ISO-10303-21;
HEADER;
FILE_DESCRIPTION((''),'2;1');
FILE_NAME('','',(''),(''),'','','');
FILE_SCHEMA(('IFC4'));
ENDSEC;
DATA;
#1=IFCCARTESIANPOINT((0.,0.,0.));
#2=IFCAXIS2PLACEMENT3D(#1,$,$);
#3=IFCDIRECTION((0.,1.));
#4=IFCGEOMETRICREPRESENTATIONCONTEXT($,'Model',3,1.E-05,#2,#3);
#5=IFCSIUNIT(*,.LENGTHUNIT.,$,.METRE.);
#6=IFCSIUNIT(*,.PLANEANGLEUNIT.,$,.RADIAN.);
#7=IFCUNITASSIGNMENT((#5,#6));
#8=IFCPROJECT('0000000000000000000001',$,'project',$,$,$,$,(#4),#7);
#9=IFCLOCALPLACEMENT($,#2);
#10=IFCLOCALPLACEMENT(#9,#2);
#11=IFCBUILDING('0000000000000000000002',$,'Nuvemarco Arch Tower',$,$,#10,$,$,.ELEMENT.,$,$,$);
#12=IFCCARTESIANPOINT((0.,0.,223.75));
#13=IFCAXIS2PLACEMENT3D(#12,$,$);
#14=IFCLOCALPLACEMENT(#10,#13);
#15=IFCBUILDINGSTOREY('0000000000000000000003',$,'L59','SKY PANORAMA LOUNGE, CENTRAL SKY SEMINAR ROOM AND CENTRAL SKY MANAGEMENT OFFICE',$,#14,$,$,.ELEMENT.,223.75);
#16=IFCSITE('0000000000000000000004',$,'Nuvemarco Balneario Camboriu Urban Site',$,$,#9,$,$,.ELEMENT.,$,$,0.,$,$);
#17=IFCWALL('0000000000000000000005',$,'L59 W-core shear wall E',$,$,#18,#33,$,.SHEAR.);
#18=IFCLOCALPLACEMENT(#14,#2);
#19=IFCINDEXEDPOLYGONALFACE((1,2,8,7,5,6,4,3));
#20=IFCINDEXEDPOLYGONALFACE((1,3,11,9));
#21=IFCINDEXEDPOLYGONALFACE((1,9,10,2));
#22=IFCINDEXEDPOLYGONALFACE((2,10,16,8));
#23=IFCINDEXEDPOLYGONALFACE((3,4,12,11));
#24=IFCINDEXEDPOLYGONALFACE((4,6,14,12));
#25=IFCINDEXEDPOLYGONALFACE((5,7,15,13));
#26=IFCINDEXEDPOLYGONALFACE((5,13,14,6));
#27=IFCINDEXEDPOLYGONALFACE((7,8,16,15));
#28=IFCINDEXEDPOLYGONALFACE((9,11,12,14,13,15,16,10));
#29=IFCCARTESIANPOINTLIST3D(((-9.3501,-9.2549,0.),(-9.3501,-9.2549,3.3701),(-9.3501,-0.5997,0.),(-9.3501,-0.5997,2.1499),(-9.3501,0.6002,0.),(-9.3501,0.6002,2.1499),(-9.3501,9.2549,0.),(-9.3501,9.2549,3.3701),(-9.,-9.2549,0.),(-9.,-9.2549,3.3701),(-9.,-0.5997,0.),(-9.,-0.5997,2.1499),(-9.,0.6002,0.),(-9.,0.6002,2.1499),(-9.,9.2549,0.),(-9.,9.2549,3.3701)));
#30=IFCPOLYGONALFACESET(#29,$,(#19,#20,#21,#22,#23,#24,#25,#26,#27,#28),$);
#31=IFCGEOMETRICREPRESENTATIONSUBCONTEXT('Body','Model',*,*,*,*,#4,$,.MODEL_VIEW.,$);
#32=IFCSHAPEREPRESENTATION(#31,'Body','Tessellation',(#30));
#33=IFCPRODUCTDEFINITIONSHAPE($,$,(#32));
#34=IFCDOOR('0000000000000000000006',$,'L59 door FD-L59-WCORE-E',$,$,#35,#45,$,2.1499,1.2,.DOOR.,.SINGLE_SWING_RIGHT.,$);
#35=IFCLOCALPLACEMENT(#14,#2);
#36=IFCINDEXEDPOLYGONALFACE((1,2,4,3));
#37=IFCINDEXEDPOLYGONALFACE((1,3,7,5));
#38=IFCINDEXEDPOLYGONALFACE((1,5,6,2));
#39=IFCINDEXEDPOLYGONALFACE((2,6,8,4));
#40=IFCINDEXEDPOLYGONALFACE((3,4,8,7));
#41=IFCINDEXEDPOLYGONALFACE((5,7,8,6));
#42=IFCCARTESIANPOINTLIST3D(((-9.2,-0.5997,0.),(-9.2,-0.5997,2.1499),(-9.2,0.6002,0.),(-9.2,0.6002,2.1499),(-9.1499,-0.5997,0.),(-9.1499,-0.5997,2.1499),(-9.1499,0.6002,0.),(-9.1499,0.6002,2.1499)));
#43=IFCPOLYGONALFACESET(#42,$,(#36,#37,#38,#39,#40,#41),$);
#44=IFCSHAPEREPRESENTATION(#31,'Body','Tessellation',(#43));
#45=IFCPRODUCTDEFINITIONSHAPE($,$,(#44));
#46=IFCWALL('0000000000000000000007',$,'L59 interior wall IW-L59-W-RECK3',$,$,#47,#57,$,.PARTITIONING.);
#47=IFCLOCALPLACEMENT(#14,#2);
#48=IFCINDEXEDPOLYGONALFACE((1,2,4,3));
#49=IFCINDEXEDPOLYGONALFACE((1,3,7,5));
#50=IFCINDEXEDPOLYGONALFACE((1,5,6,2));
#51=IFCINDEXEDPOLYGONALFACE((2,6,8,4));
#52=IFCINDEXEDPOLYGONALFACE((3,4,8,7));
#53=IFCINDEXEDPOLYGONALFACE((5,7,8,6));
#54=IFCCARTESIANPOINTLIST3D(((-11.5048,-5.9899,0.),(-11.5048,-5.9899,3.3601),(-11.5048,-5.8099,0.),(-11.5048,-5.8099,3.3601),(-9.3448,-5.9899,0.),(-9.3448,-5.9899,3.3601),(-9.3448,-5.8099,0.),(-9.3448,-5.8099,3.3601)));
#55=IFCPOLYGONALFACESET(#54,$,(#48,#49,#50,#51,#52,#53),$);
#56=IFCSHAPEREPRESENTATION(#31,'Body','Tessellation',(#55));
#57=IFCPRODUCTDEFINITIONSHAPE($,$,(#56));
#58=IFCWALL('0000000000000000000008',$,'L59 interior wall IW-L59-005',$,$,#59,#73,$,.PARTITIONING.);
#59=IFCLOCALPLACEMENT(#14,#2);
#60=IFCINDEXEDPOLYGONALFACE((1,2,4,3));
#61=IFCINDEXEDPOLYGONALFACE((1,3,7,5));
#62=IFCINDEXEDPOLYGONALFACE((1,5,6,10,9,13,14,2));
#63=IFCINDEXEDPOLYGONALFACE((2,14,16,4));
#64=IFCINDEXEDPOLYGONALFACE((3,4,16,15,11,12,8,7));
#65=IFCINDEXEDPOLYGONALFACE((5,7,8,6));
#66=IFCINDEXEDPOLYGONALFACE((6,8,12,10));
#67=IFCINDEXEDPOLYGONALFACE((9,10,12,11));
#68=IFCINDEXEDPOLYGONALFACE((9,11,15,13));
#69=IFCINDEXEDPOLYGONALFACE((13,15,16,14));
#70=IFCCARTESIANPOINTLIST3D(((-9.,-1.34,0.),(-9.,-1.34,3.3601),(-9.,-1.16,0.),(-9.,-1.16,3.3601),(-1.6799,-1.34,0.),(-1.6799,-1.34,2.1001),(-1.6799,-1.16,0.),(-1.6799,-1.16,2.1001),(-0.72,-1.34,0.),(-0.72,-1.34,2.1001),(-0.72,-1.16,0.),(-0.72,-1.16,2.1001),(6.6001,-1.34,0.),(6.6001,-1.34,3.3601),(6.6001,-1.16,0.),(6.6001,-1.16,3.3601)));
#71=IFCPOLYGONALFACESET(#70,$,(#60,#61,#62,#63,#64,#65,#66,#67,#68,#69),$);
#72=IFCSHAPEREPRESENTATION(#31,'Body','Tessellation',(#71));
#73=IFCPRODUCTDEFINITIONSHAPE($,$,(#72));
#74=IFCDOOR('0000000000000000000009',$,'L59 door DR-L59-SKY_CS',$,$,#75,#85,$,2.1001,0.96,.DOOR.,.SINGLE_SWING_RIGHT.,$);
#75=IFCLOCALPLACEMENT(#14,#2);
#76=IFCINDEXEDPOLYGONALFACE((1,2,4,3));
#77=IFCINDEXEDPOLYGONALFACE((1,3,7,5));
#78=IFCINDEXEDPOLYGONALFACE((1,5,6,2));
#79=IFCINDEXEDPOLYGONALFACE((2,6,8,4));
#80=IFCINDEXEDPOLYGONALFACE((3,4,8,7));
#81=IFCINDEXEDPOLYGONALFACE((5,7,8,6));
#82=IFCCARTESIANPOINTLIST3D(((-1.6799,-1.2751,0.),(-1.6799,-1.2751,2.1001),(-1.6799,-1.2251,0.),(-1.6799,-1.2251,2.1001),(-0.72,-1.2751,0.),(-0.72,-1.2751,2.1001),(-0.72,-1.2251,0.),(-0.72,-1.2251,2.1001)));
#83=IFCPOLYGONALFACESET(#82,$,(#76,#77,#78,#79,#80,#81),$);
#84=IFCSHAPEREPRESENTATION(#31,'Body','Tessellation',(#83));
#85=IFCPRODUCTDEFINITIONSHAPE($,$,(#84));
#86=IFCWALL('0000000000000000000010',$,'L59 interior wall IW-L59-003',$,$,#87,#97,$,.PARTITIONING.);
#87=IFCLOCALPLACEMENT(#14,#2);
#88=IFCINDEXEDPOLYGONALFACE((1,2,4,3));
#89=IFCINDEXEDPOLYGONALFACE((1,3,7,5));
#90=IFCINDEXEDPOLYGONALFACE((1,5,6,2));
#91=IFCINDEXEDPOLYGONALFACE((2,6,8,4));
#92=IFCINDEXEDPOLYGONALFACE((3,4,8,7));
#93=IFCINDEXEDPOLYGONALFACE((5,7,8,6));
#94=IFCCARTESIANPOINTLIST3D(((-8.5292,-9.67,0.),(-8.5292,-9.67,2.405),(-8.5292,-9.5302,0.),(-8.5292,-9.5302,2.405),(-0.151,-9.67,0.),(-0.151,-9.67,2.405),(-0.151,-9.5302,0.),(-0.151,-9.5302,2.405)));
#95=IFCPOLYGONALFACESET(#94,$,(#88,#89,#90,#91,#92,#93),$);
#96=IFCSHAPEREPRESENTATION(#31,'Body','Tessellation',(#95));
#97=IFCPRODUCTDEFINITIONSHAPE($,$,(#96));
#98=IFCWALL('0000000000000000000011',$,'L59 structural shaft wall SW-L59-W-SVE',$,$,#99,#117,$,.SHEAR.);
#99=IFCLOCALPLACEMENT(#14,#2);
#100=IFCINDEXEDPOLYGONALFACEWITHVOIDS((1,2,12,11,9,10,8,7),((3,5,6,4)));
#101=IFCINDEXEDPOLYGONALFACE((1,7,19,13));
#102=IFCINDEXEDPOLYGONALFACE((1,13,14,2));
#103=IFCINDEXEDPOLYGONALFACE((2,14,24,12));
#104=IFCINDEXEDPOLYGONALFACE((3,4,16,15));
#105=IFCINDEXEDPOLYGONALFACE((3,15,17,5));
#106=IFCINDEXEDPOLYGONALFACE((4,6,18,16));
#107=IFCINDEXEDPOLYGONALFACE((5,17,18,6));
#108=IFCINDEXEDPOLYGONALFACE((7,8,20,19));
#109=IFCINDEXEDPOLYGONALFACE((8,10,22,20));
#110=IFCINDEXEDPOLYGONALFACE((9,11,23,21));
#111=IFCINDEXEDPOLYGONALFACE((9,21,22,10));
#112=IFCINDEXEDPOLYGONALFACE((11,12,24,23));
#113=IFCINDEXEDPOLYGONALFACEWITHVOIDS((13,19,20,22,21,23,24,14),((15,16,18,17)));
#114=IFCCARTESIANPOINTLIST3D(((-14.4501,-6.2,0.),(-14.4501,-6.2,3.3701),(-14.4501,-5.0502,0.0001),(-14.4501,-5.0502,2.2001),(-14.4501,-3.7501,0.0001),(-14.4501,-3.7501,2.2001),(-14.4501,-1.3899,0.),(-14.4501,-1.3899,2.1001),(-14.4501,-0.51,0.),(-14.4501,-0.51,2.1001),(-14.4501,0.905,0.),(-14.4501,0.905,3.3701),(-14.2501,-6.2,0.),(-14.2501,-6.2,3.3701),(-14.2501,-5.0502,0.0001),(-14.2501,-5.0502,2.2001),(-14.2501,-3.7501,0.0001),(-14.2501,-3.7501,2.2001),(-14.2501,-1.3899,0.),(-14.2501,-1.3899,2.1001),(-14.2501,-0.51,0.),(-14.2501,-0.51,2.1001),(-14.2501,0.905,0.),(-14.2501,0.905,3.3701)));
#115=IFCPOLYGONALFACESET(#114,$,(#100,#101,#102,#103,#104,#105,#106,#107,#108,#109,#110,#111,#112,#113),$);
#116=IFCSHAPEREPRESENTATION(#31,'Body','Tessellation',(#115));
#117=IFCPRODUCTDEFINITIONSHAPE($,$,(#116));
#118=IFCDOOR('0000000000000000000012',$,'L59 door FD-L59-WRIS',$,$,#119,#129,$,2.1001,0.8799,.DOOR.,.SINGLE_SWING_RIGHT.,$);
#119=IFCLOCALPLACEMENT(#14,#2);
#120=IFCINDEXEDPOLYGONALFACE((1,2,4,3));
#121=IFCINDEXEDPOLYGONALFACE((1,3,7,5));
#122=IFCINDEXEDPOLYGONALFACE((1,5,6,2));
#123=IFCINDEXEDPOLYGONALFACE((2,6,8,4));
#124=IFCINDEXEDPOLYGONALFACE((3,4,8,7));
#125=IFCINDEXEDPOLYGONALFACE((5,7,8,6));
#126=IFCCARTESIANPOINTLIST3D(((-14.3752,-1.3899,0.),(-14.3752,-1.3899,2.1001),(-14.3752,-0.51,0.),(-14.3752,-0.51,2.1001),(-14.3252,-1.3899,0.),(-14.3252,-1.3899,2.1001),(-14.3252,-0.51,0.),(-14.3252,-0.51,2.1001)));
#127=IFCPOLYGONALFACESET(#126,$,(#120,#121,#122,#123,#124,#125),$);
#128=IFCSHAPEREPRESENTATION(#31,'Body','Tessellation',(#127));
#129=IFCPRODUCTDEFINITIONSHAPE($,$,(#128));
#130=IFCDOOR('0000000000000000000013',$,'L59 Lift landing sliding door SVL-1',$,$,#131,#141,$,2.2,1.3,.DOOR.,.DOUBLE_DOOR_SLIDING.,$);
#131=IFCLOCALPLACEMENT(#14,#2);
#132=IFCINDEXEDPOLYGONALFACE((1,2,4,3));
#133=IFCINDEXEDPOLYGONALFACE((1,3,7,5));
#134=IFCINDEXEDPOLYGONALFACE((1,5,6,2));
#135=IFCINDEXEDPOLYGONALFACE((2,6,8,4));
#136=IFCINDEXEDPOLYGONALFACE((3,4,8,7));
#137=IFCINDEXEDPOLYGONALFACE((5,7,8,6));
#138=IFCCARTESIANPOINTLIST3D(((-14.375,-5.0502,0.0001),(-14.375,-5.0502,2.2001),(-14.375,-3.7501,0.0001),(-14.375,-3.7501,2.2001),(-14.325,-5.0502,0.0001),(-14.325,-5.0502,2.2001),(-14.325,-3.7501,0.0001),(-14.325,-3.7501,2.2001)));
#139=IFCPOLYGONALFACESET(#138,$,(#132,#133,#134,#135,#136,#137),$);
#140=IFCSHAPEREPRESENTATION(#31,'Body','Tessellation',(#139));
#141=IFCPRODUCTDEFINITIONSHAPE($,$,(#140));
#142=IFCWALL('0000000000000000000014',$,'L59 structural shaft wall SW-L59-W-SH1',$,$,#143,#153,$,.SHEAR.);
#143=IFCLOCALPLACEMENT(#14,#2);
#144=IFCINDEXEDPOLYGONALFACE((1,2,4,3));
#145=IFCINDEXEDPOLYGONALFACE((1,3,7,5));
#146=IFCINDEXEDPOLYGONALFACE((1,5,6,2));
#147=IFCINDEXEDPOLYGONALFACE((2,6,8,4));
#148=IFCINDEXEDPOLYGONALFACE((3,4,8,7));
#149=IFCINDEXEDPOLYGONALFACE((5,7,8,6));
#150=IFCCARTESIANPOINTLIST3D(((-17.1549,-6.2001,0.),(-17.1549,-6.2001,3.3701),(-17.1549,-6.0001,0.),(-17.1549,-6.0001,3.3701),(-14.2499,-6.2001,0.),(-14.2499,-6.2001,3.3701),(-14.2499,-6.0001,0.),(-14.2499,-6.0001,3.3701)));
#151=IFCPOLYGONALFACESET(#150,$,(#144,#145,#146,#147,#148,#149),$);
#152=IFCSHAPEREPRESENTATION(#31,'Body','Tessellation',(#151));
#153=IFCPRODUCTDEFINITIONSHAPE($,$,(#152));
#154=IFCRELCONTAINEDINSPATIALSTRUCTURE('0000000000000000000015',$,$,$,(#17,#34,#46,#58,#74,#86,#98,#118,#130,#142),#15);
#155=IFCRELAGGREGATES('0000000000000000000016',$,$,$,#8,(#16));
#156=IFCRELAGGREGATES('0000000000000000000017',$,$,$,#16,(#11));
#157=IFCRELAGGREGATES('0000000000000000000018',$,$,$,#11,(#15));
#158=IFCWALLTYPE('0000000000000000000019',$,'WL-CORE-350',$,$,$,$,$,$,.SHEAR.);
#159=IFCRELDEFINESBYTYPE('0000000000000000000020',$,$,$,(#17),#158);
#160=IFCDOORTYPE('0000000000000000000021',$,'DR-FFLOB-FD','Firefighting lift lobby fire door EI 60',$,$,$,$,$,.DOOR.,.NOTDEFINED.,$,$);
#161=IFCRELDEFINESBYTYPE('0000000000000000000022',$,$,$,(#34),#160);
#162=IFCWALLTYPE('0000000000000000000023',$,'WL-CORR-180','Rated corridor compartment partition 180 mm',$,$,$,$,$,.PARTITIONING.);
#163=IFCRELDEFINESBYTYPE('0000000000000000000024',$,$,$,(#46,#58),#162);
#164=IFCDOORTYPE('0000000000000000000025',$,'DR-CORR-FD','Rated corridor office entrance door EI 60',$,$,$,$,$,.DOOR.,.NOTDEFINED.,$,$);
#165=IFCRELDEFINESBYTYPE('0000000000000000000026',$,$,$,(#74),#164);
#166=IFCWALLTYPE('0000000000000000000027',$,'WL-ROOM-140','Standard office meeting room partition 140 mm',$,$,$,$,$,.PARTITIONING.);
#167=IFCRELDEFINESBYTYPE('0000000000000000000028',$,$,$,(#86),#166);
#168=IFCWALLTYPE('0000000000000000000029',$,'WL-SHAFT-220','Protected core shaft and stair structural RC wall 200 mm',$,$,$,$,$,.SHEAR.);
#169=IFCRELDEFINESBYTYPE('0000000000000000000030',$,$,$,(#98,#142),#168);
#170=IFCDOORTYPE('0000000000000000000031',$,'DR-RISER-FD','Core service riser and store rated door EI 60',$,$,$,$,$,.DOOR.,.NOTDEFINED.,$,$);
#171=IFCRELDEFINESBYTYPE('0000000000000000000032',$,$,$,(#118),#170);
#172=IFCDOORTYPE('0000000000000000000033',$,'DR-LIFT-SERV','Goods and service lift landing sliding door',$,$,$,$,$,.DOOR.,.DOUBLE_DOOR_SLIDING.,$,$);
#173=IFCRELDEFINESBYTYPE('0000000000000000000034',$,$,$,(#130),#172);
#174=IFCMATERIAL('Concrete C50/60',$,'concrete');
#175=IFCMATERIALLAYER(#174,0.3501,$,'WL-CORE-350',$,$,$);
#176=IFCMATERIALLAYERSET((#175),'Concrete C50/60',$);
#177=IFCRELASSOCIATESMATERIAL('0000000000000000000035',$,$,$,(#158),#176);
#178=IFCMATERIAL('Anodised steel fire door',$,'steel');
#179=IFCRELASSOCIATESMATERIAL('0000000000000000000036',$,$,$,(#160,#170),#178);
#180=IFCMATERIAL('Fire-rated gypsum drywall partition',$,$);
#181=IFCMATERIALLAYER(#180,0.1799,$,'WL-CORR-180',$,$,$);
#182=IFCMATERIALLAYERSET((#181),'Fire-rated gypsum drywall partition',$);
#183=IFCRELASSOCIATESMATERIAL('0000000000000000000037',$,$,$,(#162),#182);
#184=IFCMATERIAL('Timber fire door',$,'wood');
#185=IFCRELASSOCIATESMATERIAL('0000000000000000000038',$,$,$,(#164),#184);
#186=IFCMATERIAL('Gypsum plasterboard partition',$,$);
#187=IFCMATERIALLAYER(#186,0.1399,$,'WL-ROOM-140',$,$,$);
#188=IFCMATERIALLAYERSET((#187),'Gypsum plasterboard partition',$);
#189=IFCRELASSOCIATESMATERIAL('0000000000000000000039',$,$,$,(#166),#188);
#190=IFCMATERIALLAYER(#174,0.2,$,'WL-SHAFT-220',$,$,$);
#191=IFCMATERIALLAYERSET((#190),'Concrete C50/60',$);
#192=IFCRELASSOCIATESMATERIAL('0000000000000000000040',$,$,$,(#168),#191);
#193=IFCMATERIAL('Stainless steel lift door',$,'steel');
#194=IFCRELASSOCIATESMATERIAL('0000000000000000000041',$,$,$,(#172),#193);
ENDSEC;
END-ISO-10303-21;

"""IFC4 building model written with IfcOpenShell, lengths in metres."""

from ifc_helpers import new_model, si_unit, direction, frame, frame_2d, origin, place, context, subcontext, project, spatial, rectangle, extrude, source, transform, mapped, material, layer, layer_set, type_object, type_shapes, element, fill, save


model = new_model("IFC4")

# Units and contexts
model_context = context("Model", 3, precision=1e-05, world=origin(), true_north=direction((0.0, 1.0)))
body_context = subcontext(model_context, "Body", "Model", "MODEL_VIEW")
ifc_project = project(units=[si_unit("LENGTHUNIT", "METRE"), si_unit("PLANEANGLEUNIT", "RADIAN")], contexts=[model_context])

# Site, building, storey
site_placement = place(None, origin())
site = spatial("IfcSite", under=ifc_project, at=site_placement, Name="Nuvemarco Balneario Camboriu Urban Site", CompositionType="ELEMENT", RefElevation=0.0)
building_placement = place(site_placement, origin())
building = spatial("IfcBuilding", under=site, at=building_placement, Name="Nuvemarco Arch Tower", CompositionType="ELEMENT")
storey_placement = place(building_placement, frame((0.0, 0.0, 223.75)))
storey = spatial("IfcBuildingStorey", under=building, at=storey_placement, Name="L59", Description="SKY PANORAMA LOUNGE, CENTRAL SKY SEMINAR ROOM AND CENTRAL SKY MANAGEMENT OFFICE", CompositionType="ELEMENT", Elevation=223.75)

# Shared definitions
ifc_material_1 = material(Name="Concrete C50/60", Category="concrete")

# Shared definitions
ifc_layer_1 = layer(ifc_material_1, 0.3501, Name="WL-CORE-350")
ifc_layer_set_1 = layer_set([ifc_layer_1], Name="Concrete C50/60")
wall_type_1 = type_object("IfcWallType", Name="WL-CORE-350", PredefinedType="SHEAR", material=ifc_layer_set_1)

# Wall, opening, door
wall_1_placement = place(storey_placement, frame((-9.175, -9.2549, 0.0), z_axis=(0.0, 0.0, 1.0), x_axis=(0.0, 1.0, 0.0)))
wall_1 = element("IfcWall", 1, at=wall_1_placement, inside=storey, type_object=wall_type_1, Name="L59 W-core shear wall E", PredefinedType="SHEAR", context=body_context, shape_type="SweptSolid", body=[
    extrude(rectangle(XDim=18.5098, YDim=0.3501, at=frame_2d((9.2549, 0.0))), origin(), (0.0, 0.0, 1.0), 3.3701),
])
opening_1_placement = place(wall_1_placement, frame((8.655, 0.0, 0.0)))
opening_1 = element("IfcOpeningElement", 2, at=opening_1_placement, cuts=wall_1, PredefinedType="OPENING", context=body_context, shape_type="SweptSolid", body=[
    extrude(rectangle(XDim=1.2, YDim=2.1499, at=frame_2d((0.6001, 1.075))), frame((0.0, 0.1851, 0.0), z_axis=(0.0, -1.0, 0.0), x_axis=(1.0, 0.0, 0.0)), (0.0, 0.0, 1.0), 0.3701),
])
ifc_material_2 = material(Name="Anodised steel fire door", Category="steel")
door_type_1 = type_object("IfcDoorType", Name="DR-FFLOB-FD", Description="Firefighting lift lobby fire door EI 60", OperationType="NOTDEFINED", PredefinedType="DOOR", material=ifc_material_2)
shared_shape_1 = source(origin(), body_context, "Body", "SweptSolid", [
    extrude(rectangle(XDim=1.2, YDim=2.1499, at=frame_2d((0.6001, 1.075))), frame((0.0, 0.0249, 0.0), z_axis=(0.0, -1.0, 0.0), x_axis=(1.0, 0.0, 0.0)), (0.0, 0.0, 1.0), 0.05),
])
type_shapes(door_type_1, [shared_shape_1])
door_1_placement = place(opening_1_placement, origin())
door_1 = element("IfcDoor", 3, at=door_1_placement, inside=storey, type_object=door_type_1, Name="L59 door FD-L59-WCORE-E", OperationType="SINGLE_SWING_RIGHT", OverallHeight=2.1499, OverallWidth=1.2, PredefinedType="DOOR", context=body_context, shape_type="MappedRepresentation", body=[
    mapped(shared_shape_1, transform((0.0, 0.0, 0.0), scale=1.0)),
])
fill(opening_1, door_1)

# Wall
ifc_material_3 = material(Name="Fire-rated gypsum drywall partition")
ifc_layer_2 = layer(ifc_material_3, 0.1799, Name="WL-CORR-180")
ifc_layer_set_2 = layer_set([ifc_layer_2], Name="Fire-rated gypsum drywall partition")
wall_type_2 = type_object("IfcWallType", Name="WL-CORR-180", Description="Rated corridor compartment partition 180 mm", PredefinedType="PARTITIONING", material=ifc_layer_set_2)
wall_2_placement = place(storey_placement, frame((-11.5049, -5.8999, 0.0), z_axis=(0.0, 0.0, 1.0), x_axis=(1.0, 0.0, 0.0)))
element("IfcWall", 4, at=wall_2_placement, inside=storey, type_object=wall_type_2, Name="L59 interior wall IW-L59-W-RECK3", PredefinedType="PARTITIONING", context=body_context, shape_type="SweptSolid", body=[
    extrude(rectangle(XDim=2.1599, YDim=0.1799, at=frame_2d((1.0801, 0.0))), origin(), (0.0, 0.0, 1.0), 3.3601),
])

# Wall, opening, door
wall_3_placement = place(storey_placement, frame((-9.0, -1.25, 0.0), z_axis=(0.0, 0.0, 1.0), x_axis=(1.0, 0.0, 0.0)))
wall_3 = element("IfcWall", 5, at=wall_3_placement, inside=storey, type_object=wall_type_2, Name="L59 interior wall IW-L59-005", PredefinedType="PARTITIONING", context=body_context, shape_type="SweptSolid", body=[
    extrude(rectangle(XDim=15.6001, YDim=0.1799, at=frame_2d((7.8, 0.0))), origin(), (0.0, 0.0, 1.0), 3.3601),
])
opening_2_placement = place(wall_3_placement, frame((7.3201, 0.0, 0.0)))
opening_2 = element("IfcOpeningElement", 6, at=opening_2_placement, cuts=wall_3, PredefinedType="OPENING", context=body_context, shape_type="SweptSolid", body=[
    extrude(rectangle(XDim=0.96, YDim=2.1001, at=frame_2d((0.48, 1.05))), frame((0.0, 0.0999, 0.0), z_axis=(0.0, -1.0, 0.0), x_axis=(1.0, 0.0, 0.0)), (0.0, 0.0, 1.0), 0.2),
])
ifc_material_4 = material(Name="Timber fire door", Category="wood")
door_type_2 = type_object("IfcDoorType", Name="DR-CORR-FD", Description="Rated corridor office entrance door EI 60", OperationType="NOTDEFINED", PredefinedType="DOOR", material=ifc_material_4)
shared_shape_2 = source(origin(), body_context, "Body", "SweptSolid", [
    extrude(rectangle(XDim=0.96, YDim=2.1001, at=frame_2d((0.48, 1.05))), frame((0.0, 0.0249, 0.0), z_axis=(0.0, -1.0, 0.0), x_axis=(1.0, 0.0, 0.0)), (0.0, 0.0, 1.0), 0.05),
])
type_shapes(door_type_2, [shared_shape_2])
door_2_placement = place(opening_2_placement, origin())
door_2 = element("IfcDoor", 7, at=door_2_placement, inside=storey, type_object=door_type_2, Name="L59 door DR-L59-SKY_CS", OperationType="SINGLE_SWING_RIGHT", OverallHeight=2.1001, OverallWidth=0.96, PredefinedType="DOOR", context=body_context, shape_type="MappedRepresentation", body=[
    mapped(shared_shape_2, transform((0.0, 0.0, 0.0), scale=1.0)),
])
fill(opening_2, door_2)

# Wall
ifc_material_5 = material(Name="Gypsum plasterboard partition")
ifc_layer_3 = layer(ifc_material_5, 0.1399, Name="WL-ROOM-140")
ifc_layer_set_3 = layer_set([ifc_layer_3], Name="Gypsum plasterboard partition")
wall_type_3 = type_object("IfcWallType", Name="WL-ROOM-140", Description="Standard office meeting room partition 140 mm", PredefinedType="PARTITIONING", material=ifc_layer_set_3)
wall_4_placement = place(storey_placement, frame((-8.5291, -9.6001, 0.0), z_axis=(0.0, 0.0, 1.0), x_axis=(1.0, 0.0, 0.0)))
element("IfcWall", 8, at=wall_4_placement, inside=storey, type_object=wall_type_3, Name="L59 interior wall IW-L59-003", PredefinedType="PARTITIONING", context=body_context, shape_type="SweptSolid", body=[
    extrude(rectangle(XDim=8.3782, YDim=0.1399, at=frame_2d((4.189, 0.0))), origin(), (0.0, 0.0, 1.0), 2.405),
])

# Shared definitions
ifc_layer_4 = layer(ifc_material_1, 0.2, Name="WL-SHAFT-220")
ifc_layer_set_4 = layer_set([ifc_layer_4], Name="Concrete C50/60")
wall_type_4 = type_object("IfcWallType", Name="WL-SHAFT-220", Description="Protected core shaft and stair structural RC wall 200 mm", PredefinedType="SHEAR", material=ifc_layer_set_4)
ifc_material_6 = material(Name="Stainless steel lift door", Category="steel")

# Wall, openings, doors
wall_5_placement = place(storey_placement, frame((-14.3501, -6.2, 0.0), z_axis=(0.0, 0.0, 1.0), x_axis=(0.0, 1.0, 0.0)))
wall_5 = element("IfcWall", 9, at=wall_5_placement, inside=storey, type_object=wall_type_4, Name="L59 structural shaft wall SW-L59-W-SVE", PredefinedType="SHEAR", context=body_context, shape_type="SweptSolid", body=[
    extrude(rectangle(XDim=7.105, YDim=0.2, at=frame_2d((3.5525, 0.0))), origin(), (0.0, 0.0, 1.0), 3.3701),
])
opening_3_placement = place(wall_5_placement, frame((5.6899, 0.0, 0.0), z_axis=(0.0, 0.0, 1.0), x_axis=(-1.0, 0.0, 0.0)))
opening_3 = element("IfcOpeningElement", 10, at=opening_3_placement, cuts=wall_5, PredefinedType="OPENING", context=body_context, shape_type="SweptSolid", body=[
    extrude(rectangle(XDim=0.8799, YDim=2.1001, at=frame_2d((0.4399, 1.05))), frame((0.0, 0.1099, 0.0), z_axis=(0.0, -1.0, 0.0), x_axis=(1.0, 0.0, 0.0)), (0.0, 0.0, 1.0), 0.22),
])
opening_4_placement = place(wall_5_placement, frame((1.1499, 0.0, 0.0)))
opening_4 = element("IfcOpeningElement", 11, at=opening_4_placement, cuts=wall_5, PredefinedType="OPENING", context=body_context, shape_type="SweptSolid", body=[
    extrude(rectangle(XDim=1.3, YDim=2.2, at=frame_2d((0.6499, 1.1001))), frame((0.0, 0.1099, 0.0), z_axis=(0.0, -1.0, 0.0), x_axis=(1.0, 0.0, 0.0)), (0.0, 0.0, 1.0), 0.22),
])
door_type_3 = type_object("IfcDoorType", Name="DR-RISER-FD", Description="Core service riser and store rated door EI 60", OperationType="NOTDEFINED", PredefinedType="DOOR", material=ifc_material_2)
shared_shape_3 = source(origin(), body_context, "Body", "SweptSolid", [
    extrude(rectangle(XDim=0.8799, YDim=2.1001, at=frame_2d((0.4399, 1.05))), frame((0.0, 0.0249, 0.0), z_axis=(0.0, -1.0, 0.0), x_axis=(1.0, 0.0, 0.0)), (0.0, 0.0, 1.0), 0.05),
])
type_shapes(door_type_3, [shared_shape_3])
door_3_placement = place(opening_3_placement, origin())
door_3 = element("IfcDoor", 12, at=door_3_placement, inside=storey, type_object=door_type_3, Name="L59 door FD-L59-WRIS", OperationType="SINGLE_SWING_RIGHT", OverallHeight=2.1001, OverallWidth=0.8799, PredefinedType="DOOR", context=body_context, shape_type="MappedRepresentation", body=[
    mapped(shared_shape_3, transform((0.0, 0.0, 0.0), scale=1.0)),
])
fill(opening_3, door_3)
door_type_4 = type_object("IfcDoorType", Name="DR-LIFT-SERV", Description="Goods and service lift landing sliding door", OperationType="DOUBLE_DOOR_SLIDING", PredefinedType="DOOR", material=ifc_material_6)
shared_shape_4 = source(origin(), body_context, "Body", "SweptSolid", [
    extrude(rectangle(XDim=1.3, YDim=2.2, at=frame_2d((0.6499, 1.1001))), frame((0.0, 0.0249, 0.0), z_axis=(0.0, -1.0, 0.0), x_axis=(1.0, 0.0, 0.0)), (0.0, 0.0, 1.0), 0.05),
])
type_shapes(door_type_4, [shared_shape_4])
door_4_placement = place(opening_4_placement, origin())
door_4 = element("IfcDoor", 13, at=door_4_placement, inside=storey, type_object=door_type_4, Name="L59 Lift landing sliding door SVL-1", OperationType="DOUBLE_DOOR_SLIDING", OverallHeight=2.2, OverallWidth=1.3, PredefinedType="DOOR", context=body_context, shape_type="MappedRepresentation", body=[
    mapped(shared_shape_4, transform((0.0, 0.0, 0.0), scale=1.0)),
])
fill(opening_4, door_4)

# Wall
wall_6_placement = place(storey_placement, frame((-17.155, -6.1001, 0.0), z_axis=(0.0, 0.0, 1.0), x_axis=(1.0, 0.0, 0.0)))
element("IfcWall", 14, at=wall_6_placement, inside=storey, type_object=wall_type_4, Name="L59 structural shaft wall SW-L59-W-SH1", PredefinedType="SHEAR", context=body_context, shape_type="SweptSolid", body=[
    extrude(rectangle(XDim=2.905, YDim=0.2, at=frame_2d((1.4526, 0.0))), origin(), (0.0, 0.0, 1.0), 3.3701),
])

save(model, "model.ifc")
